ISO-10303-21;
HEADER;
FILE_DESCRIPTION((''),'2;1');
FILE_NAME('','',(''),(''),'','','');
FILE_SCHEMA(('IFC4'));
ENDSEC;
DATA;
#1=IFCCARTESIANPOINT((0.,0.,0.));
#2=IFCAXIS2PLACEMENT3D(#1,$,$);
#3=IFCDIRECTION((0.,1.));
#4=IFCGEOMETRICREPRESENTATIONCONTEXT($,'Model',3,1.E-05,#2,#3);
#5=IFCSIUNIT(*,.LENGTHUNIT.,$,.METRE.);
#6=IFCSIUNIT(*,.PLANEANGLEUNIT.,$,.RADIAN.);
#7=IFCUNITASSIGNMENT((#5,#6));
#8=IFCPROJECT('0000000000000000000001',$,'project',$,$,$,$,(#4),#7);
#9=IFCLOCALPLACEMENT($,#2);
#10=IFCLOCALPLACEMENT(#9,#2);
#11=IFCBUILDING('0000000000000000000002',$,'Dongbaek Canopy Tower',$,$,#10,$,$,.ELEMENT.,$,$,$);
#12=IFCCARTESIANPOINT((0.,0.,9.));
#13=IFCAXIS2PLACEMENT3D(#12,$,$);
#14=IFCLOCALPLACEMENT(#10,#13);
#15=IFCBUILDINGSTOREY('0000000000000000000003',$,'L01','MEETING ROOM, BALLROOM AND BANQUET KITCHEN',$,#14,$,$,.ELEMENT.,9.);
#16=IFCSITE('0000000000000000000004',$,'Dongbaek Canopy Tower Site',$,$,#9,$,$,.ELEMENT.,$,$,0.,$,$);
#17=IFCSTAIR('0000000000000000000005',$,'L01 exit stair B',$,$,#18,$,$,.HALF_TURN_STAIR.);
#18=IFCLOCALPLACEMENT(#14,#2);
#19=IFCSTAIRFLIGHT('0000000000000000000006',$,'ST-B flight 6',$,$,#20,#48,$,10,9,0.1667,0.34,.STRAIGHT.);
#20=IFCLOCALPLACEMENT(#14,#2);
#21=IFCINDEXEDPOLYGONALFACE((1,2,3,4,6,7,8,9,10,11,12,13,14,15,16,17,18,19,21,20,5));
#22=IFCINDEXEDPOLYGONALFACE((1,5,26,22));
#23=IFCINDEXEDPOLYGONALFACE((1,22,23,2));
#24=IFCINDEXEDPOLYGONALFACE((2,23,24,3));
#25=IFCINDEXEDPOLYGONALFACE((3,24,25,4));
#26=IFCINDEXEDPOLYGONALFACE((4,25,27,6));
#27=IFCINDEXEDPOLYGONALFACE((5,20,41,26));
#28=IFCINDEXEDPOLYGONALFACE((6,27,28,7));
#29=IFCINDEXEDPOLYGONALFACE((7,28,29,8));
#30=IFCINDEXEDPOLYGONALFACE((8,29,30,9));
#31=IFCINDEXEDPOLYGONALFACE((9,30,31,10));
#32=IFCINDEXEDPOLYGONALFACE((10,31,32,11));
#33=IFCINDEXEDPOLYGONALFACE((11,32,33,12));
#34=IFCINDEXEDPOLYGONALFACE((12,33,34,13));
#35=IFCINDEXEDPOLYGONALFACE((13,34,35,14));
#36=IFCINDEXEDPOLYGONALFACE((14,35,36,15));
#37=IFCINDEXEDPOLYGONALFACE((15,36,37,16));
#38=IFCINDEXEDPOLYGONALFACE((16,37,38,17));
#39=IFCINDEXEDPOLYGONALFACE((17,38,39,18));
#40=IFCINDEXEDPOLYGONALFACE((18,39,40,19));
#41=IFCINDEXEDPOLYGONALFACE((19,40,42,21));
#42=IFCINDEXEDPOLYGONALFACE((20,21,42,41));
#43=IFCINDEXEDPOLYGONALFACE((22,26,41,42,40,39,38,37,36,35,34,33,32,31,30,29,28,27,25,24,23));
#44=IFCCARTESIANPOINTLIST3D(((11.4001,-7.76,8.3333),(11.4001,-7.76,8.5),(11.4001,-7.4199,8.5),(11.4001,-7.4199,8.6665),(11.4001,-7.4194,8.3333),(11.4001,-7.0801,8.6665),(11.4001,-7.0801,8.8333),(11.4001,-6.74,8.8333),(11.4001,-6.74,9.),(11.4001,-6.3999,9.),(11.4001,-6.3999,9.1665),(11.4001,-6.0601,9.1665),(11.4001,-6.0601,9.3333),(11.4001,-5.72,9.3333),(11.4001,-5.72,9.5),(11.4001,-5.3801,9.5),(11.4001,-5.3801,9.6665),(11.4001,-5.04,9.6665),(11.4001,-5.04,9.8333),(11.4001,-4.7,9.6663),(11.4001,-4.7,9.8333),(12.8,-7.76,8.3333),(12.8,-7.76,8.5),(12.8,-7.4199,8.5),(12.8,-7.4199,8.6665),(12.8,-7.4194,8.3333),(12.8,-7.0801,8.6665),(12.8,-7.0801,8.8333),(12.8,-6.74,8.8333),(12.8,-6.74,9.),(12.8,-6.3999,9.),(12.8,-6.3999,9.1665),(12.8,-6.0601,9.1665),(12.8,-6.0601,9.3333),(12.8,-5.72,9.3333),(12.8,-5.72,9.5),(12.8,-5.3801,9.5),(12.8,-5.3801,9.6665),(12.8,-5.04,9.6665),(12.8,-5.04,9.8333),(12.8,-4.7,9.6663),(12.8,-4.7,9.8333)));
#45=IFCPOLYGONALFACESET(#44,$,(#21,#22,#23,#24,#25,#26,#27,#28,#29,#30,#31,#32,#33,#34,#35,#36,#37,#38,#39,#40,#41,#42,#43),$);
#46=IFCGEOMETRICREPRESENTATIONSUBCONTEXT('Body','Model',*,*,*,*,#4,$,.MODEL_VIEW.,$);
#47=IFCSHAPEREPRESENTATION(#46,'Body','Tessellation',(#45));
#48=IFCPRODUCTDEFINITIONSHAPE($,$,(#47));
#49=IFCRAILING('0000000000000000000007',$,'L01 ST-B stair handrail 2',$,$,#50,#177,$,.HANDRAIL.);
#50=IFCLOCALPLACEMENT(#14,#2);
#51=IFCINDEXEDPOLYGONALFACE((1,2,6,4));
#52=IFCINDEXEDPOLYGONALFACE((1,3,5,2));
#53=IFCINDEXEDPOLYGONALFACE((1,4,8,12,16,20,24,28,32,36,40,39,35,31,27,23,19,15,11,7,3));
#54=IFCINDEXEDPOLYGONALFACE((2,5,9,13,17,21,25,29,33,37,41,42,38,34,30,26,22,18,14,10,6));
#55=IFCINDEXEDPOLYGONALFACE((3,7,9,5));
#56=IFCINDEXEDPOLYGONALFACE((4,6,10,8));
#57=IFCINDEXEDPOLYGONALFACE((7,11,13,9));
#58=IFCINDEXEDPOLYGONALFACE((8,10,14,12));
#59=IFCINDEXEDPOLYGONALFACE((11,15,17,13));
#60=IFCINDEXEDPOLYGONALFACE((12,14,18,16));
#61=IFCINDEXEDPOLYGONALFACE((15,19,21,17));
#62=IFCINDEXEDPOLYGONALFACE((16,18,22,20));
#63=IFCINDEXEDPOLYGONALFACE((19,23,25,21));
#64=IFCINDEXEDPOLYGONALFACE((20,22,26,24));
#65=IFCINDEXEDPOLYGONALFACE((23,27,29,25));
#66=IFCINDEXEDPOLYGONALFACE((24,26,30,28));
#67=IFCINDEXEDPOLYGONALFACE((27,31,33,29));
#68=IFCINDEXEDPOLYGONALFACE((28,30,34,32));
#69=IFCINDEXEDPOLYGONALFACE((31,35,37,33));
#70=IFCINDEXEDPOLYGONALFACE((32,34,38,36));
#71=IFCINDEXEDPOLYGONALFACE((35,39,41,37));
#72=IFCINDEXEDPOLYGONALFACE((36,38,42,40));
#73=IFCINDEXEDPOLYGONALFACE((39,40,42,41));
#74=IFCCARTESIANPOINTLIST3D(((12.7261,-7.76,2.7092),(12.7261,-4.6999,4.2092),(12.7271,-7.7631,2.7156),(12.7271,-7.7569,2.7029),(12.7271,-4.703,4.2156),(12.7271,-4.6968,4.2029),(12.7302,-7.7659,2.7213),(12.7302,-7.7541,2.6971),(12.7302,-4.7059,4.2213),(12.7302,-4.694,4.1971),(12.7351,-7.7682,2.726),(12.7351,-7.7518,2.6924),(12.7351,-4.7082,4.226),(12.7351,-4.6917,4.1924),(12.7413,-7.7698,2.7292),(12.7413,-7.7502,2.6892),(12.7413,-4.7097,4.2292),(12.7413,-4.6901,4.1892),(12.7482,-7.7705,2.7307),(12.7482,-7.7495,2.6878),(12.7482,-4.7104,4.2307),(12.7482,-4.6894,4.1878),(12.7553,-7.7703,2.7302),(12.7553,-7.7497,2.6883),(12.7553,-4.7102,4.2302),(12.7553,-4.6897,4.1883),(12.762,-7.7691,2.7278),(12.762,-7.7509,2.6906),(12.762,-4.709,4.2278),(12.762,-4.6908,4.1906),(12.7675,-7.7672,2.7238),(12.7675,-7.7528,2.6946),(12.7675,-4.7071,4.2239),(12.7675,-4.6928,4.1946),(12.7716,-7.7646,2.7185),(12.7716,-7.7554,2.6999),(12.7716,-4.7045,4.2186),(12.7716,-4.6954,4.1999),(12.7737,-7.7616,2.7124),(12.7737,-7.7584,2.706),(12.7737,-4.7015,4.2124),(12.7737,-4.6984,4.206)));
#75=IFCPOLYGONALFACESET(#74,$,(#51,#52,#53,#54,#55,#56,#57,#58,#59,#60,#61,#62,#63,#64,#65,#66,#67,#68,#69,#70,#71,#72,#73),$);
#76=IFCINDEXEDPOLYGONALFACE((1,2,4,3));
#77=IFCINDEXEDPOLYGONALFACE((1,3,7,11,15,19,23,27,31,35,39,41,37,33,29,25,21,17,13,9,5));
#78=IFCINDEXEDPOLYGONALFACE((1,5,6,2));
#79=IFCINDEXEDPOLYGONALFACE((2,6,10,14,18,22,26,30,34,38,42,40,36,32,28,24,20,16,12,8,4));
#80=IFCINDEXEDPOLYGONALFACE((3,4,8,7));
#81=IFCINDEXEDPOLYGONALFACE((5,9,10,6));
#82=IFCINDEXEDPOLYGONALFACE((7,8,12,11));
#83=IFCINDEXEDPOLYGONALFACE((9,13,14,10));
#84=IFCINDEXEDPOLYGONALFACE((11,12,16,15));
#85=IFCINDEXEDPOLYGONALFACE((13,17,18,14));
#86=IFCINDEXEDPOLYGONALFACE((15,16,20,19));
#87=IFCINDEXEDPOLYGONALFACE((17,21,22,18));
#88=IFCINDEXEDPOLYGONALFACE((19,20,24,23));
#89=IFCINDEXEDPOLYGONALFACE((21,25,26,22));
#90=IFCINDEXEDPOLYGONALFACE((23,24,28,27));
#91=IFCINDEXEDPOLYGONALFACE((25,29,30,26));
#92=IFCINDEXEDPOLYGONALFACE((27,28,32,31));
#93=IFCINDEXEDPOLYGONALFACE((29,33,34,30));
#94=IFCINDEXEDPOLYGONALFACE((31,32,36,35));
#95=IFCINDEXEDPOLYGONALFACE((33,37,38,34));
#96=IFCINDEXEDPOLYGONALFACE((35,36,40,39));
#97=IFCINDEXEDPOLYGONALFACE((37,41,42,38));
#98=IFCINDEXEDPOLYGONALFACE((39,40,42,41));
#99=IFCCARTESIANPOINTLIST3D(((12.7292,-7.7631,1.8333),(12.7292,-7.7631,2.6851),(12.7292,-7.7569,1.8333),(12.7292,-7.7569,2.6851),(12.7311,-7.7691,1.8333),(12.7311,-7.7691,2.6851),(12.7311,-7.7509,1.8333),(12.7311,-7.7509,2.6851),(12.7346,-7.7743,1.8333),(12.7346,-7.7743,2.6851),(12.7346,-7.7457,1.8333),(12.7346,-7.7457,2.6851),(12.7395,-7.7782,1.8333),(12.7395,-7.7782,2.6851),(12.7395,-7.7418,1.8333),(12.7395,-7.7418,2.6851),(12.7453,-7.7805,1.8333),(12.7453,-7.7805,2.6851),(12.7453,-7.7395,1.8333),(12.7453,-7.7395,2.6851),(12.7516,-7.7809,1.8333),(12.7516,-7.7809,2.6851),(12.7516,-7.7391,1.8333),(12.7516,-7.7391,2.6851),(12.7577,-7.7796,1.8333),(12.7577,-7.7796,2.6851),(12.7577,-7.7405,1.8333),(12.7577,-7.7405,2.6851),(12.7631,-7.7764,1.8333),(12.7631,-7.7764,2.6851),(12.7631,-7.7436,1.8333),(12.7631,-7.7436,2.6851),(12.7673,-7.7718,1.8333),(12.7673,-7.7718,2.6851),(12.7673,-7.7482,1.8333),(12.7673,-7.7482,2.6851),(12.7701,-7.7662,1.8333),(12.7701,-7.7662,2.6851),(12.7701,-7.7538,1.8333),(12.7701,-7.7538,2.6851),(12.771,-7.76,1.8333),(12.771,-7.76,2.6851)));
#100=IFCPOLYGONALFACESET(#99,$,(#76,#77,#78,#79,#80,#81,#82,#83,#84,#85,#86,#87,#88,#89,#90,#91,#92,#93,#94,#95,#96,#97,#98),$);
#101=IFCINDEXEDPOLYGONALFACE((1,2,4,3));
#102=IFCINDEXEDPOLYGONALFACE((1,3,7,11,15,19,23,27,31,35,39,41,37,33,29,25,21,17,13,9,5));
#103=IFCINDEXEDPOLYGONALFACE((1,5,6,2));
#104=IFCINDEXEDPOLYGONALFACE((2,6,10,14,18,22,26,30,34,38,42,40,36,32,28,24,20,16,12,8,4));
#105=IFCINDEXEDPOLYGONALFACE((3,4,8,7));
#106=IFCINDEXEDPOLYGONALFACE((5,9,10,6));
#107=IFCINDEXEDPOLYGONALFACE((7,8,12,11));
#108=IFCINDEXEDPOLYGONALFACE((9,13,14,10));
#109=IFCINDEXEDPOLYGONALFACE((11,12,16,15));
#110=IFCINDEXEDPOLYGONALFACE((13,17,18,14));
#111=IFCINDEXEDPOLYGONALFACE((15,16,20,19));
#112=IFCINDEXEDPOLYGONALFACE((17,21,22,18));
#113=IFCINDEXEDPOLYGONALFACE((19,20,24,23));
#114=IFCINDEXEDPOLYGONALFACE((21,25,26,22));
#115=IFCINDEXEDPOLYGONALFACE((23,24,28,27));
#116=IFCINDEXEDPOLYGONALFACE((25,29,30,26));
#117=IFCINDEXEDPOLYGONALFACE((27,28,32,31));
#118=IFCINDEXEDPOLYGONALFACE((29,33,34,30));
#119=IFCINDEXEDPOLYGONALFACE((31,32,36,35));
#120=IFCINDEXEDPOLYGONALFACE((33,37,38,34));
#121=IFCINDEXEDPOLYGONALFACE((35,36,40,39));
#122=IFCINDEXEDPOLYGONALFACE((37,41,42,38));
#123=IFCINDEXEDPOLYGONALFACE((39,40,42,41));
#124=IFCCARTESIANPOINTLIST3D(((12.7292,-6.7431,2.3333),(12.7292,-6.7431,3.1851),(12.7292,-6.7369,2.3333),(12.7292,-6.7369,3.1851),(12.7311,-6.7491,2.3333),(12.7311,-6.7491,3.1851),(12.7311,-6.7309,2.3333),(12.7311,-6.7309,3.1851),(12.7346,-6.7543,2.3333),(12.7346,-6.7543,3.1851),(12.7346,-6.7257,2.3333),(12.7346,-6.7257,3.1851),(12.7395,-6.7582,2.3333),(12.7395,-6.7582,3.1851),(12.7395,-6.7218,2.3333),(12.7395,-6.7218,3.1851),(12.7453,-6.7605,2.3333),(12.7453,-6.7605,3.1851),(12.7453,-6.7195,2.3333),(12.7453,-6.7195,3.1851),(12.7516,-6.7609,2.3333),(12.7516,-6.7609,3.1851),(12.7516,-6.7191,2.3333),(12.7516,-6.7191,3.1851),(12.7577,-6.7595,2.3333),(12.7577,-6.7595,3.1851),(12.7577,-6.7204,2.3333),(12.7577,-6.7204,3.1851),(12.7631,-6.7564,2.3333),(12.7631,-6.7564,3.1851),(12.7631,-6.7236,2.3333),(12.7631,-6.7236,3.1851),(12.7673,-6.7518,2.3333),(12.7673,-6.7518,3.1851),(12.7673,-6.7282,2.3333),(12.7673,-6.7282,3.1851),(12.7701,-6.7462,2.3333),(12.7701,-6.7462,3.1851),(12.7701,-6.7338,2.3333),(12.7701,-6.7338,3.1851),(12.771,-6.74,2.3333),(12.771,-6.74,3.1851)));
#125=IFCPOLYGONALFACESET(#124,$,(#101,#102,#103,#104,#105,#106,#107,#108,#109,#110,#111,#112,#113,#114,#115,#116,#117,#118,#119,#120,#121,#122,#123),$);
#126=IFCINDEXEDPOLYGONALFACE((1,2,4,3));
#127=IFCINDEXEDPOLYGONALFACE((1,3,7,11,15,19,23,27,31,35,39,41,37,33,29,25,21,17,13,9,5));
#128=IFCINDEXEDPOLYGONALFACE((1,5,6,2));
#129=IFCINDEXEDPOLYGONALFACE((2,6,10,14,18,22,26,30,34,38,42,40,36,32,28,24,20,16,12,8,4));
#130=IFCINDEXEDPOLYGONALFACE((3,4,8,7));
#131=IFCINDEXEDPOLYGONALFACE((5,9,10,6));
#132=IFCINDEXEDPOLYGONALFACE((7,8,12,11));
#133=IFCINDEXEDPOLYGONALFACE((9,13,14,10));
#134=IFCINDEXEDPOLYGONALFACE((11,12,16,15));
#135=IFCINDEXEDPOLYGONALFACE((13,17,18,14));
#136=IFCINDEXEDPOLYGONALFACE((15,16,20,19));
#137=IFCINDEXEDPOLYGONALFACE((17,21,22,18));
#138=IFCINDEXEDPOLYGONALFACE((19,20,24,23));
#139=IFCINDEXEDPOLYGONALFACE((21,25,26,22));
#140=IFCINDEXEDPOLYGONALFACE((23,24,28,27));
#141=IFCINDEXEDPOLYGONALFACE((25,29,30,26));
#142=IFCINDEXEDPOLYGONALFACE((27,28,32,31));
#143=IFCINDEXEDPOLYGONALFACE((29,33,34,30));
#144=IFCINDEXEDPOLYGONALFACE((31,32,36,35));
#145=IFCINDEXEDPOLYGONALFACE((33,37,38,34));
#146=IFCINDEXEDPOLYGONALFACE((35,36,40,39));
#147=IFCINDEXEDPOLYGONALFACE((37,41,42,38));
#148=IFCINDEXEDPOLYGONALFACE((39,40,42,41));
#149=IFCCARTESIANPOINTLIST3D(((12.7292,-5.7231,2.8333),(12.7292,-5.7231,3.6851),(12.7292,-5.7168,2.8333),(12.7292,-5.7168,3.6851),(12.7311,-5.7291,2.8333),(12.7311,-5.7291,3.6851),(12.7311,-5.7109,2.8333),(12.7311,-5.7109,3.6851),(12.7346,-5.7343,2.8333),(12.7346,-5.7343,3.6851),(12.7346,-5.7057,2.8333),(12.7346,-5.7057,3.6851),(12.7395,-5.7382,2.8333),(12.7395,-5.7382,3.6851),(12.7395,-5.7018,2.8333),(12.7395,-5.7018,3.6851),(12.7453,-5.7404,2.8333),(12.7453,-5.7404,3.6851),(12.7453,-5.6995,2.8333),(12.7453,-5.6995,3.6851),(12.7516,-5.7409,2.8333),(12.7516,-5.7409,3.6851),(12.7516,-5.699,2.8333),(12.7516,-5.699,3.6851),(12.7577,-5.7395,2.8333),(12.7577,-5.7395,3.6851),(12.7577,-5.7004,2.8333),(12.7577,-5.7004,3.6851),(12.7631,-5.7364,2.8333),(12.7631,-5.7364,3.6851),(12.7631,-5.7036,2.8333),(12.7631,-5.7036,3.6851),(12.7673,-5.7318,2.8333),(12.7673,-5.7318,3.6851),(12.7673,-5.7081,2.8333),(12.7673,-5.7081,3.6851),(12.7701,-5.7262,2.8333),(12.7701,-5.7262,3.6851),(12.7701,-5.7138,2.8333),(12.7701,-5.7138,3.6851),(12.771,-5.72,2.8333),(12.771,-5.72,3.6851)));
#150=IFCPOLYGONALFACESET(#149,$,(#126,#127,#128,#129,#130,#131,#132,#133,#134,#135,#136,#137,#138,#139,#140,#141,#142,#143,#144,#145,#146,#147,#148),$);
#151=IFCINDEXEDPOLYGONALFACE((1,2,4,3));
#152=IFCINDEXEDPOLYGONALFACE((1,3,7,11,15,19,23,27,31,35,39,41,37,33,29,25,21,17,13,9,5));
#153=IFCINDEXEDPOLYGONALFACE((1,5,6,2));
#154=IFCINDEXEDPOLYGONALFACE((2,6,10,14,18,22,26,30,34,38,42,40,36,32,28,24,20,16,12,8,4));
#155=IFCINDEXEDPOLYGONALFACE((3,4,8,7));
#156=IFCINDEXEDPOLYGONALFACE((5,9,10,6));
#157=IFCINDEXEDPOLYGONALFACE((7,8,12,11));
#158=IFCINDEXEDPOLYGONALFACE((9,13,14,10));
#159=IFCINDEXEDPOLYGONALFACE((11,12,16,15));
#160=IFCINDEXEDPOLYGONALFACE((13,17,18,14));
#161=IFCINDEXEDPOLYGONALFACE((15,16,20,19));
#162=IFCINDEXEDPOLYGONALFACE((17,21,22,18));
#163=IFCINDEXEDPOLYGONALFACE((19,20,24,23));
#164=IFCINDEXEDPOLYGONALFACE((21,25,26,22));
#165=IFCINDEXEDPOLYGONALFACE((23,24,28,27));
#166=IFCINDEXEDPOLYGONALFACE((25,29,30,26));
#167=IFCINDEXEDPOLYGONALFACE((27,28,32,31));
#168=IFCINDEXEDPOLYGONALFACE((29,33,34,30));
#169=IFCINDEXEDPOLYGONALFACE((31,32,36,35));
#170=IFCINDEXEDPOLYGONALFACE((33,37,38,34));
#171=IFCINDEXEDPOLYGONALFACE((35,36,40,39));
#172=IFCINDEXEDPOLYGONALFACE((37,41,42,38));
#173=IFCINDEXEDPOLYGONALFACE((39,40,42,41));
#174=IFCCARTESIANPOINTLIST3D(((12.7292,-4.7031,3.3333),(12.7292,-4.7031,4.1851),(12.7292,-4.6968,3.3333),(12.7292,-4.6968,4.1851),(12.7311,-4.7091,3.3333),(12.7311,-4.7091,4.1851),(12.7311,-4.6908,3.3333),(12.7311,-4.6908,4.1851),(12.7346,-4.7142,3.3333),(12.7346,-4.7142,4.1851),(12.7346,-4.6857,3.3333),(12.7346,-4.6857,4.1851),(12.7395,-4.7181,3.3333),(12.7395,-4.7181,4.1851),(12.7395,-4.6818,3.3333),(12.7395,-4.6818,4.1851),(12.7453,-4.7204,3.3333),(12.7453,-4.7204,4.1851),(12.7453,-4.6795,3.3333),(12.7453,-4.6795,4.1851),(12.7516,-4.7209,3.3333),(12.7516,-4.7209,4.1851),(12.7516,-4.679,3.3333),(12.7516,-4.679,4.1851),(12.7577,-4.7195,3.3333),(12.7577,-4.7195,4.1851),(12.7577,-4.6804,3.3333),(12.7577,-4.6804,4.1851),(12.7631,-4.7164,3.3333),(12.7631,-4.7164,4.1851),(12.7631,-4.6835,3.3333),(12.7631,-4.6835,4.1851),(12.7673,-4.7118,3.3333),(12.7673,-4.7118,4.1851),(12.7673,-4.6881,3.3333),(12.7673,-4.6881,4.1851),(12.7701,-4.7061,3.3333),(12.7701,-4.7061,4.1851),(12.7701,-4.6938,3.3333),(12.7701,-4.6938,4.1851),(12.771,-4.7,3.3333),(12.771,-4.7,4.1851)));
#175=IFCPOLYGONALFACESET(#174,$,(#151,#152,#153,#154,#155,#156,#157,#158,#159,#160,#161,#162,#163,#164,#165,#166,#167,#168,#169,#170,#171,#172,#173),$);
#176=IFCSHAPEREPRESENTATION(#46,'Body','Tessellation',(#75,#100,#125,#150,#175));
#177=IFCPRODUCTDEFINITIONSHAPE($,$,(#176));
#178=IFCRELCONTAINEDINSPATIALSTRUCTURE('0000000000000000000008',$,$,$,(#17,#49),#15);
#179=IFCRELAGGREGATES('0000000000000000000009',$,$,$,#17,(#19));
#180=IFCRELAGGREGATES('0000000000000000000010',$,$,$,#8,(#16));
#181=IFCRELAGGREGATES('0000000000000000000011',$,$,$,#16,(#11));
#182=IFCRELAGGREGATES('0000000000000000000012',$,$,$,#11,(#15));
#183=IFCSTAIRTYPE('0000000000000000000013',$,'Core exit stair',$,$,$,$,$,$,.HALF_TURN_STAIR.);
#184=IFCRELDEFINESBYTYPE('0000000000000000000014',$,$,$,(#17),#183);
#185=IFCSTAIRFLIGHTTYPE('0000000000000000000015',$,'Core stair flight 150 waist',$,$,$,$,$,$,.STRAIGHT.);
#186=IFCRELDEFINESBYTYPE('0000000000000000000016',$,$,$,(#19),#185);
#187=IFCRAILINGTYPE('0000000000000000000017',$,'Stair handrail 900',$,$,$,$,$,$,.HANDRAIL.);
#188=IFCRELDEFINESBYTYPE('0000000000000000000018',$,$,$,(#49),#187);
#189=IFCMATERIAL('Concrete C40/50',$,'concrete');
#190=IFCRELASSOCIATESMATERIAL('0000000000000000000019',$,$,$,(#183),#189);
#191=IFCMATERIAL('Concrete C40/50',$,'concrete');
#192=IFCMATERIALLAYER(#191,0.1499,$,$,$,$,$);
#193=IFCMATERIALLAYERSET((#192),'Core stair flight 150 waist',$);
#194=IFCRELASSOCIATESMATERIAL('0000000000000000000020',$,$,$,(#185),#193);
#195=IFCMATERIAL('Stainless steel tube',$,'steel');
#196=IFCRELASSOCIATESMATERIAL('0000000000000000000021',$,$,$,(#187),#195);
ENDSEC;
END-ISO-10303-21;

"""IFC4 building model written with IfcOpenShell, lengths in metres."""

from ifc_helpers import new_model, si_unit, direction, frame, origin, origin_2d, place, context, subcontext, project, spatial, polyline, circle, outline, extrude, material, layer, layer_set, type_object, element, aggregate, save


model = new_model("IFC4")

# Units and contexts
model_context = context("Model", 3, precision=1e-05, world=origin(), true_north=direction((0.0, 1.0)))
body_context = subcontext(model_context, "Body", "Model", "MODEL_VIEW")
ifc_project = project(units=[si_unit("LENGTHUNIT", "METRE"), si_unit("PLANEANGLEUNIT", "RADIAN")], contexts=[model_context])

# Site, building, storey
site_placement = place(None, origin())
site = spatial("IfcSite", under=ifc_project, at=site_placement, Name="Dongbaek Canopy Tower Site", CompositionType="ELEMENT", RefElevation=0.0)
building_placement = place(site_placement, origin())
building = spatial("IfcBuilding", under=site, at=building_placement, Name="Dongbaek Canopy Tower", CompositionType="ELEMENT")
storey_placement = place(building_placement, frame((0.0, 0.0, 9.0)))
storey = spatial("IfcBuildingStorey", under=building, at=storey_placement, Name="L01", Description="MEETING ROOM, BALLROOM AND BANQUET KITCHEN", CompositionType="ELEMENT", Elevation=9.0)

# Stair, stair flight
ifc_material_1 = material(Name="Concrete C40/50", Category="concrete")
stair_type = type_object("IfcStairType", Name="Core exit stair", PredefinedType="HALF_TURN_STAIR", material=ifc_material_1)
stair_placement = place(storey_placement, origin())
stair = element("IfcStair", 1, at=stair_placement, inside=storey, type_object=stair_type, Name="L01 exit stair B", PredefinedType="HALF_TURN_STAIR")
ifc_material_2 = material(Name="Concrete C40/50", Category="concrete")
ifc_layer_1 = layer(ifc_material_2, 0.1499)
ifc_layer_set_1 = layer_set([ifc_layer_1], Name="Core stair flight 150 waist")
stair_flight_type = type_object("IfcStairFlightType", Name="Core stair flight 150 waist", PredefinedType="STRAIGHT", material=ifc_layer_set_1)
stair_flight_1_placement = place(storey_placement, frame((12.1001, -7.76, 8.3333), z_axis=(0.0, 0.0, 1.0), x_axis=(0.0, 1.0, 0.0)))
stair_flight_1 = element("IfcStairFlight", 2, at=stair_flight_1_placement, type_object=stair_flight_type, Name="ST-B flight 6", NumberOfRisers=10, NumberOfTreads=9, PredefinedType="STRAIGHT", RiserHeight=0.1667, TreadLength=0.34, context=body_context, shape_type="SweptSolid", body=[
    extrude(outline(polyline([(0.0, 0.0), (0.0, 0.1667), (0.3401, 0.1667), (0.3401, 0.3333), (0.6799, 0.3333), (0.6799, 0.5), (1.02, 0.5), (1.02, 0.6667), (1.3601, 0.6667), (1.3601, 0.8333), (1.7, 0.8333), (1.7, 1.0), (2.04, 1.0), (2.04, 1.1667), (2.3799, 1.1667), (2.3799, 1.3333), (2.72, 1.3333), (2.72, 1.5), (3.0601, 1.5), (3.0601, 1.6667), (3.0601, 1.333), (0.3406, 0.0), (0.0, 0.0)])), frame((0.0, 0.7, 0.0), z_axis=(0.0, -1.0, 0.0), x_axis=(1.0, 0.0, 0.0)), (0.0, 0.0, 1.0), 1.3999),
])
aggregate(stair, [stair_flight_1])

# Railing
ifc_material_3 = material(Name="Stainless steel tube", Category="steel")
railing_type = type_object("IfcRailingType", Name="Stair handrail 900", PredefinedType="HANDRAIL", material=ifc_material_3)
for number, where, name in (
    (3, (12.75, -7.76, 1.8333), "L01 ST-B stair handrail 2"),
):
    element("IfcRailing", number, at=place(storey_placement, frame(where)), inside=storey, type_object=railing_type, Name=name, PredefinedType="HANDRAIL", context=body_context, shape_type="SweptSolid", body=[
        extrude(circle(Radius=0.0239, at=origin_2d()), frame((0.0, 0.0, 0.876), z_axis=(0.0, 0.897924, 0.44015), x_axis=(-1.0, 0.0, 0.0)), (0.0, 0.0, 1.0), 3.408),
        extrude(circle(Radius=0.021, at=origin_2d()), origin(), (0.0, 0.0, 1.0), 0.8518),
        extrude(circle(Radius=0.021, at=origin_2d()), frame((0.0, 1.02, 0.5)), (0.0, 0.0, 1.0), 0.8518),
        extrude(circle(Radius=0.021, at=origin_2d()), frame((0.0, 2.04, 1.0)), (0.0, 0.0, 1.0), 0.8518),
        extrude(circle(Radius=0.021, at=origin_2d()), frame((0.0, 3.0601, 1.5)), (0.0, 0.0, 1.0), 0.8518),
    ])

save(model, "model.ifc")
